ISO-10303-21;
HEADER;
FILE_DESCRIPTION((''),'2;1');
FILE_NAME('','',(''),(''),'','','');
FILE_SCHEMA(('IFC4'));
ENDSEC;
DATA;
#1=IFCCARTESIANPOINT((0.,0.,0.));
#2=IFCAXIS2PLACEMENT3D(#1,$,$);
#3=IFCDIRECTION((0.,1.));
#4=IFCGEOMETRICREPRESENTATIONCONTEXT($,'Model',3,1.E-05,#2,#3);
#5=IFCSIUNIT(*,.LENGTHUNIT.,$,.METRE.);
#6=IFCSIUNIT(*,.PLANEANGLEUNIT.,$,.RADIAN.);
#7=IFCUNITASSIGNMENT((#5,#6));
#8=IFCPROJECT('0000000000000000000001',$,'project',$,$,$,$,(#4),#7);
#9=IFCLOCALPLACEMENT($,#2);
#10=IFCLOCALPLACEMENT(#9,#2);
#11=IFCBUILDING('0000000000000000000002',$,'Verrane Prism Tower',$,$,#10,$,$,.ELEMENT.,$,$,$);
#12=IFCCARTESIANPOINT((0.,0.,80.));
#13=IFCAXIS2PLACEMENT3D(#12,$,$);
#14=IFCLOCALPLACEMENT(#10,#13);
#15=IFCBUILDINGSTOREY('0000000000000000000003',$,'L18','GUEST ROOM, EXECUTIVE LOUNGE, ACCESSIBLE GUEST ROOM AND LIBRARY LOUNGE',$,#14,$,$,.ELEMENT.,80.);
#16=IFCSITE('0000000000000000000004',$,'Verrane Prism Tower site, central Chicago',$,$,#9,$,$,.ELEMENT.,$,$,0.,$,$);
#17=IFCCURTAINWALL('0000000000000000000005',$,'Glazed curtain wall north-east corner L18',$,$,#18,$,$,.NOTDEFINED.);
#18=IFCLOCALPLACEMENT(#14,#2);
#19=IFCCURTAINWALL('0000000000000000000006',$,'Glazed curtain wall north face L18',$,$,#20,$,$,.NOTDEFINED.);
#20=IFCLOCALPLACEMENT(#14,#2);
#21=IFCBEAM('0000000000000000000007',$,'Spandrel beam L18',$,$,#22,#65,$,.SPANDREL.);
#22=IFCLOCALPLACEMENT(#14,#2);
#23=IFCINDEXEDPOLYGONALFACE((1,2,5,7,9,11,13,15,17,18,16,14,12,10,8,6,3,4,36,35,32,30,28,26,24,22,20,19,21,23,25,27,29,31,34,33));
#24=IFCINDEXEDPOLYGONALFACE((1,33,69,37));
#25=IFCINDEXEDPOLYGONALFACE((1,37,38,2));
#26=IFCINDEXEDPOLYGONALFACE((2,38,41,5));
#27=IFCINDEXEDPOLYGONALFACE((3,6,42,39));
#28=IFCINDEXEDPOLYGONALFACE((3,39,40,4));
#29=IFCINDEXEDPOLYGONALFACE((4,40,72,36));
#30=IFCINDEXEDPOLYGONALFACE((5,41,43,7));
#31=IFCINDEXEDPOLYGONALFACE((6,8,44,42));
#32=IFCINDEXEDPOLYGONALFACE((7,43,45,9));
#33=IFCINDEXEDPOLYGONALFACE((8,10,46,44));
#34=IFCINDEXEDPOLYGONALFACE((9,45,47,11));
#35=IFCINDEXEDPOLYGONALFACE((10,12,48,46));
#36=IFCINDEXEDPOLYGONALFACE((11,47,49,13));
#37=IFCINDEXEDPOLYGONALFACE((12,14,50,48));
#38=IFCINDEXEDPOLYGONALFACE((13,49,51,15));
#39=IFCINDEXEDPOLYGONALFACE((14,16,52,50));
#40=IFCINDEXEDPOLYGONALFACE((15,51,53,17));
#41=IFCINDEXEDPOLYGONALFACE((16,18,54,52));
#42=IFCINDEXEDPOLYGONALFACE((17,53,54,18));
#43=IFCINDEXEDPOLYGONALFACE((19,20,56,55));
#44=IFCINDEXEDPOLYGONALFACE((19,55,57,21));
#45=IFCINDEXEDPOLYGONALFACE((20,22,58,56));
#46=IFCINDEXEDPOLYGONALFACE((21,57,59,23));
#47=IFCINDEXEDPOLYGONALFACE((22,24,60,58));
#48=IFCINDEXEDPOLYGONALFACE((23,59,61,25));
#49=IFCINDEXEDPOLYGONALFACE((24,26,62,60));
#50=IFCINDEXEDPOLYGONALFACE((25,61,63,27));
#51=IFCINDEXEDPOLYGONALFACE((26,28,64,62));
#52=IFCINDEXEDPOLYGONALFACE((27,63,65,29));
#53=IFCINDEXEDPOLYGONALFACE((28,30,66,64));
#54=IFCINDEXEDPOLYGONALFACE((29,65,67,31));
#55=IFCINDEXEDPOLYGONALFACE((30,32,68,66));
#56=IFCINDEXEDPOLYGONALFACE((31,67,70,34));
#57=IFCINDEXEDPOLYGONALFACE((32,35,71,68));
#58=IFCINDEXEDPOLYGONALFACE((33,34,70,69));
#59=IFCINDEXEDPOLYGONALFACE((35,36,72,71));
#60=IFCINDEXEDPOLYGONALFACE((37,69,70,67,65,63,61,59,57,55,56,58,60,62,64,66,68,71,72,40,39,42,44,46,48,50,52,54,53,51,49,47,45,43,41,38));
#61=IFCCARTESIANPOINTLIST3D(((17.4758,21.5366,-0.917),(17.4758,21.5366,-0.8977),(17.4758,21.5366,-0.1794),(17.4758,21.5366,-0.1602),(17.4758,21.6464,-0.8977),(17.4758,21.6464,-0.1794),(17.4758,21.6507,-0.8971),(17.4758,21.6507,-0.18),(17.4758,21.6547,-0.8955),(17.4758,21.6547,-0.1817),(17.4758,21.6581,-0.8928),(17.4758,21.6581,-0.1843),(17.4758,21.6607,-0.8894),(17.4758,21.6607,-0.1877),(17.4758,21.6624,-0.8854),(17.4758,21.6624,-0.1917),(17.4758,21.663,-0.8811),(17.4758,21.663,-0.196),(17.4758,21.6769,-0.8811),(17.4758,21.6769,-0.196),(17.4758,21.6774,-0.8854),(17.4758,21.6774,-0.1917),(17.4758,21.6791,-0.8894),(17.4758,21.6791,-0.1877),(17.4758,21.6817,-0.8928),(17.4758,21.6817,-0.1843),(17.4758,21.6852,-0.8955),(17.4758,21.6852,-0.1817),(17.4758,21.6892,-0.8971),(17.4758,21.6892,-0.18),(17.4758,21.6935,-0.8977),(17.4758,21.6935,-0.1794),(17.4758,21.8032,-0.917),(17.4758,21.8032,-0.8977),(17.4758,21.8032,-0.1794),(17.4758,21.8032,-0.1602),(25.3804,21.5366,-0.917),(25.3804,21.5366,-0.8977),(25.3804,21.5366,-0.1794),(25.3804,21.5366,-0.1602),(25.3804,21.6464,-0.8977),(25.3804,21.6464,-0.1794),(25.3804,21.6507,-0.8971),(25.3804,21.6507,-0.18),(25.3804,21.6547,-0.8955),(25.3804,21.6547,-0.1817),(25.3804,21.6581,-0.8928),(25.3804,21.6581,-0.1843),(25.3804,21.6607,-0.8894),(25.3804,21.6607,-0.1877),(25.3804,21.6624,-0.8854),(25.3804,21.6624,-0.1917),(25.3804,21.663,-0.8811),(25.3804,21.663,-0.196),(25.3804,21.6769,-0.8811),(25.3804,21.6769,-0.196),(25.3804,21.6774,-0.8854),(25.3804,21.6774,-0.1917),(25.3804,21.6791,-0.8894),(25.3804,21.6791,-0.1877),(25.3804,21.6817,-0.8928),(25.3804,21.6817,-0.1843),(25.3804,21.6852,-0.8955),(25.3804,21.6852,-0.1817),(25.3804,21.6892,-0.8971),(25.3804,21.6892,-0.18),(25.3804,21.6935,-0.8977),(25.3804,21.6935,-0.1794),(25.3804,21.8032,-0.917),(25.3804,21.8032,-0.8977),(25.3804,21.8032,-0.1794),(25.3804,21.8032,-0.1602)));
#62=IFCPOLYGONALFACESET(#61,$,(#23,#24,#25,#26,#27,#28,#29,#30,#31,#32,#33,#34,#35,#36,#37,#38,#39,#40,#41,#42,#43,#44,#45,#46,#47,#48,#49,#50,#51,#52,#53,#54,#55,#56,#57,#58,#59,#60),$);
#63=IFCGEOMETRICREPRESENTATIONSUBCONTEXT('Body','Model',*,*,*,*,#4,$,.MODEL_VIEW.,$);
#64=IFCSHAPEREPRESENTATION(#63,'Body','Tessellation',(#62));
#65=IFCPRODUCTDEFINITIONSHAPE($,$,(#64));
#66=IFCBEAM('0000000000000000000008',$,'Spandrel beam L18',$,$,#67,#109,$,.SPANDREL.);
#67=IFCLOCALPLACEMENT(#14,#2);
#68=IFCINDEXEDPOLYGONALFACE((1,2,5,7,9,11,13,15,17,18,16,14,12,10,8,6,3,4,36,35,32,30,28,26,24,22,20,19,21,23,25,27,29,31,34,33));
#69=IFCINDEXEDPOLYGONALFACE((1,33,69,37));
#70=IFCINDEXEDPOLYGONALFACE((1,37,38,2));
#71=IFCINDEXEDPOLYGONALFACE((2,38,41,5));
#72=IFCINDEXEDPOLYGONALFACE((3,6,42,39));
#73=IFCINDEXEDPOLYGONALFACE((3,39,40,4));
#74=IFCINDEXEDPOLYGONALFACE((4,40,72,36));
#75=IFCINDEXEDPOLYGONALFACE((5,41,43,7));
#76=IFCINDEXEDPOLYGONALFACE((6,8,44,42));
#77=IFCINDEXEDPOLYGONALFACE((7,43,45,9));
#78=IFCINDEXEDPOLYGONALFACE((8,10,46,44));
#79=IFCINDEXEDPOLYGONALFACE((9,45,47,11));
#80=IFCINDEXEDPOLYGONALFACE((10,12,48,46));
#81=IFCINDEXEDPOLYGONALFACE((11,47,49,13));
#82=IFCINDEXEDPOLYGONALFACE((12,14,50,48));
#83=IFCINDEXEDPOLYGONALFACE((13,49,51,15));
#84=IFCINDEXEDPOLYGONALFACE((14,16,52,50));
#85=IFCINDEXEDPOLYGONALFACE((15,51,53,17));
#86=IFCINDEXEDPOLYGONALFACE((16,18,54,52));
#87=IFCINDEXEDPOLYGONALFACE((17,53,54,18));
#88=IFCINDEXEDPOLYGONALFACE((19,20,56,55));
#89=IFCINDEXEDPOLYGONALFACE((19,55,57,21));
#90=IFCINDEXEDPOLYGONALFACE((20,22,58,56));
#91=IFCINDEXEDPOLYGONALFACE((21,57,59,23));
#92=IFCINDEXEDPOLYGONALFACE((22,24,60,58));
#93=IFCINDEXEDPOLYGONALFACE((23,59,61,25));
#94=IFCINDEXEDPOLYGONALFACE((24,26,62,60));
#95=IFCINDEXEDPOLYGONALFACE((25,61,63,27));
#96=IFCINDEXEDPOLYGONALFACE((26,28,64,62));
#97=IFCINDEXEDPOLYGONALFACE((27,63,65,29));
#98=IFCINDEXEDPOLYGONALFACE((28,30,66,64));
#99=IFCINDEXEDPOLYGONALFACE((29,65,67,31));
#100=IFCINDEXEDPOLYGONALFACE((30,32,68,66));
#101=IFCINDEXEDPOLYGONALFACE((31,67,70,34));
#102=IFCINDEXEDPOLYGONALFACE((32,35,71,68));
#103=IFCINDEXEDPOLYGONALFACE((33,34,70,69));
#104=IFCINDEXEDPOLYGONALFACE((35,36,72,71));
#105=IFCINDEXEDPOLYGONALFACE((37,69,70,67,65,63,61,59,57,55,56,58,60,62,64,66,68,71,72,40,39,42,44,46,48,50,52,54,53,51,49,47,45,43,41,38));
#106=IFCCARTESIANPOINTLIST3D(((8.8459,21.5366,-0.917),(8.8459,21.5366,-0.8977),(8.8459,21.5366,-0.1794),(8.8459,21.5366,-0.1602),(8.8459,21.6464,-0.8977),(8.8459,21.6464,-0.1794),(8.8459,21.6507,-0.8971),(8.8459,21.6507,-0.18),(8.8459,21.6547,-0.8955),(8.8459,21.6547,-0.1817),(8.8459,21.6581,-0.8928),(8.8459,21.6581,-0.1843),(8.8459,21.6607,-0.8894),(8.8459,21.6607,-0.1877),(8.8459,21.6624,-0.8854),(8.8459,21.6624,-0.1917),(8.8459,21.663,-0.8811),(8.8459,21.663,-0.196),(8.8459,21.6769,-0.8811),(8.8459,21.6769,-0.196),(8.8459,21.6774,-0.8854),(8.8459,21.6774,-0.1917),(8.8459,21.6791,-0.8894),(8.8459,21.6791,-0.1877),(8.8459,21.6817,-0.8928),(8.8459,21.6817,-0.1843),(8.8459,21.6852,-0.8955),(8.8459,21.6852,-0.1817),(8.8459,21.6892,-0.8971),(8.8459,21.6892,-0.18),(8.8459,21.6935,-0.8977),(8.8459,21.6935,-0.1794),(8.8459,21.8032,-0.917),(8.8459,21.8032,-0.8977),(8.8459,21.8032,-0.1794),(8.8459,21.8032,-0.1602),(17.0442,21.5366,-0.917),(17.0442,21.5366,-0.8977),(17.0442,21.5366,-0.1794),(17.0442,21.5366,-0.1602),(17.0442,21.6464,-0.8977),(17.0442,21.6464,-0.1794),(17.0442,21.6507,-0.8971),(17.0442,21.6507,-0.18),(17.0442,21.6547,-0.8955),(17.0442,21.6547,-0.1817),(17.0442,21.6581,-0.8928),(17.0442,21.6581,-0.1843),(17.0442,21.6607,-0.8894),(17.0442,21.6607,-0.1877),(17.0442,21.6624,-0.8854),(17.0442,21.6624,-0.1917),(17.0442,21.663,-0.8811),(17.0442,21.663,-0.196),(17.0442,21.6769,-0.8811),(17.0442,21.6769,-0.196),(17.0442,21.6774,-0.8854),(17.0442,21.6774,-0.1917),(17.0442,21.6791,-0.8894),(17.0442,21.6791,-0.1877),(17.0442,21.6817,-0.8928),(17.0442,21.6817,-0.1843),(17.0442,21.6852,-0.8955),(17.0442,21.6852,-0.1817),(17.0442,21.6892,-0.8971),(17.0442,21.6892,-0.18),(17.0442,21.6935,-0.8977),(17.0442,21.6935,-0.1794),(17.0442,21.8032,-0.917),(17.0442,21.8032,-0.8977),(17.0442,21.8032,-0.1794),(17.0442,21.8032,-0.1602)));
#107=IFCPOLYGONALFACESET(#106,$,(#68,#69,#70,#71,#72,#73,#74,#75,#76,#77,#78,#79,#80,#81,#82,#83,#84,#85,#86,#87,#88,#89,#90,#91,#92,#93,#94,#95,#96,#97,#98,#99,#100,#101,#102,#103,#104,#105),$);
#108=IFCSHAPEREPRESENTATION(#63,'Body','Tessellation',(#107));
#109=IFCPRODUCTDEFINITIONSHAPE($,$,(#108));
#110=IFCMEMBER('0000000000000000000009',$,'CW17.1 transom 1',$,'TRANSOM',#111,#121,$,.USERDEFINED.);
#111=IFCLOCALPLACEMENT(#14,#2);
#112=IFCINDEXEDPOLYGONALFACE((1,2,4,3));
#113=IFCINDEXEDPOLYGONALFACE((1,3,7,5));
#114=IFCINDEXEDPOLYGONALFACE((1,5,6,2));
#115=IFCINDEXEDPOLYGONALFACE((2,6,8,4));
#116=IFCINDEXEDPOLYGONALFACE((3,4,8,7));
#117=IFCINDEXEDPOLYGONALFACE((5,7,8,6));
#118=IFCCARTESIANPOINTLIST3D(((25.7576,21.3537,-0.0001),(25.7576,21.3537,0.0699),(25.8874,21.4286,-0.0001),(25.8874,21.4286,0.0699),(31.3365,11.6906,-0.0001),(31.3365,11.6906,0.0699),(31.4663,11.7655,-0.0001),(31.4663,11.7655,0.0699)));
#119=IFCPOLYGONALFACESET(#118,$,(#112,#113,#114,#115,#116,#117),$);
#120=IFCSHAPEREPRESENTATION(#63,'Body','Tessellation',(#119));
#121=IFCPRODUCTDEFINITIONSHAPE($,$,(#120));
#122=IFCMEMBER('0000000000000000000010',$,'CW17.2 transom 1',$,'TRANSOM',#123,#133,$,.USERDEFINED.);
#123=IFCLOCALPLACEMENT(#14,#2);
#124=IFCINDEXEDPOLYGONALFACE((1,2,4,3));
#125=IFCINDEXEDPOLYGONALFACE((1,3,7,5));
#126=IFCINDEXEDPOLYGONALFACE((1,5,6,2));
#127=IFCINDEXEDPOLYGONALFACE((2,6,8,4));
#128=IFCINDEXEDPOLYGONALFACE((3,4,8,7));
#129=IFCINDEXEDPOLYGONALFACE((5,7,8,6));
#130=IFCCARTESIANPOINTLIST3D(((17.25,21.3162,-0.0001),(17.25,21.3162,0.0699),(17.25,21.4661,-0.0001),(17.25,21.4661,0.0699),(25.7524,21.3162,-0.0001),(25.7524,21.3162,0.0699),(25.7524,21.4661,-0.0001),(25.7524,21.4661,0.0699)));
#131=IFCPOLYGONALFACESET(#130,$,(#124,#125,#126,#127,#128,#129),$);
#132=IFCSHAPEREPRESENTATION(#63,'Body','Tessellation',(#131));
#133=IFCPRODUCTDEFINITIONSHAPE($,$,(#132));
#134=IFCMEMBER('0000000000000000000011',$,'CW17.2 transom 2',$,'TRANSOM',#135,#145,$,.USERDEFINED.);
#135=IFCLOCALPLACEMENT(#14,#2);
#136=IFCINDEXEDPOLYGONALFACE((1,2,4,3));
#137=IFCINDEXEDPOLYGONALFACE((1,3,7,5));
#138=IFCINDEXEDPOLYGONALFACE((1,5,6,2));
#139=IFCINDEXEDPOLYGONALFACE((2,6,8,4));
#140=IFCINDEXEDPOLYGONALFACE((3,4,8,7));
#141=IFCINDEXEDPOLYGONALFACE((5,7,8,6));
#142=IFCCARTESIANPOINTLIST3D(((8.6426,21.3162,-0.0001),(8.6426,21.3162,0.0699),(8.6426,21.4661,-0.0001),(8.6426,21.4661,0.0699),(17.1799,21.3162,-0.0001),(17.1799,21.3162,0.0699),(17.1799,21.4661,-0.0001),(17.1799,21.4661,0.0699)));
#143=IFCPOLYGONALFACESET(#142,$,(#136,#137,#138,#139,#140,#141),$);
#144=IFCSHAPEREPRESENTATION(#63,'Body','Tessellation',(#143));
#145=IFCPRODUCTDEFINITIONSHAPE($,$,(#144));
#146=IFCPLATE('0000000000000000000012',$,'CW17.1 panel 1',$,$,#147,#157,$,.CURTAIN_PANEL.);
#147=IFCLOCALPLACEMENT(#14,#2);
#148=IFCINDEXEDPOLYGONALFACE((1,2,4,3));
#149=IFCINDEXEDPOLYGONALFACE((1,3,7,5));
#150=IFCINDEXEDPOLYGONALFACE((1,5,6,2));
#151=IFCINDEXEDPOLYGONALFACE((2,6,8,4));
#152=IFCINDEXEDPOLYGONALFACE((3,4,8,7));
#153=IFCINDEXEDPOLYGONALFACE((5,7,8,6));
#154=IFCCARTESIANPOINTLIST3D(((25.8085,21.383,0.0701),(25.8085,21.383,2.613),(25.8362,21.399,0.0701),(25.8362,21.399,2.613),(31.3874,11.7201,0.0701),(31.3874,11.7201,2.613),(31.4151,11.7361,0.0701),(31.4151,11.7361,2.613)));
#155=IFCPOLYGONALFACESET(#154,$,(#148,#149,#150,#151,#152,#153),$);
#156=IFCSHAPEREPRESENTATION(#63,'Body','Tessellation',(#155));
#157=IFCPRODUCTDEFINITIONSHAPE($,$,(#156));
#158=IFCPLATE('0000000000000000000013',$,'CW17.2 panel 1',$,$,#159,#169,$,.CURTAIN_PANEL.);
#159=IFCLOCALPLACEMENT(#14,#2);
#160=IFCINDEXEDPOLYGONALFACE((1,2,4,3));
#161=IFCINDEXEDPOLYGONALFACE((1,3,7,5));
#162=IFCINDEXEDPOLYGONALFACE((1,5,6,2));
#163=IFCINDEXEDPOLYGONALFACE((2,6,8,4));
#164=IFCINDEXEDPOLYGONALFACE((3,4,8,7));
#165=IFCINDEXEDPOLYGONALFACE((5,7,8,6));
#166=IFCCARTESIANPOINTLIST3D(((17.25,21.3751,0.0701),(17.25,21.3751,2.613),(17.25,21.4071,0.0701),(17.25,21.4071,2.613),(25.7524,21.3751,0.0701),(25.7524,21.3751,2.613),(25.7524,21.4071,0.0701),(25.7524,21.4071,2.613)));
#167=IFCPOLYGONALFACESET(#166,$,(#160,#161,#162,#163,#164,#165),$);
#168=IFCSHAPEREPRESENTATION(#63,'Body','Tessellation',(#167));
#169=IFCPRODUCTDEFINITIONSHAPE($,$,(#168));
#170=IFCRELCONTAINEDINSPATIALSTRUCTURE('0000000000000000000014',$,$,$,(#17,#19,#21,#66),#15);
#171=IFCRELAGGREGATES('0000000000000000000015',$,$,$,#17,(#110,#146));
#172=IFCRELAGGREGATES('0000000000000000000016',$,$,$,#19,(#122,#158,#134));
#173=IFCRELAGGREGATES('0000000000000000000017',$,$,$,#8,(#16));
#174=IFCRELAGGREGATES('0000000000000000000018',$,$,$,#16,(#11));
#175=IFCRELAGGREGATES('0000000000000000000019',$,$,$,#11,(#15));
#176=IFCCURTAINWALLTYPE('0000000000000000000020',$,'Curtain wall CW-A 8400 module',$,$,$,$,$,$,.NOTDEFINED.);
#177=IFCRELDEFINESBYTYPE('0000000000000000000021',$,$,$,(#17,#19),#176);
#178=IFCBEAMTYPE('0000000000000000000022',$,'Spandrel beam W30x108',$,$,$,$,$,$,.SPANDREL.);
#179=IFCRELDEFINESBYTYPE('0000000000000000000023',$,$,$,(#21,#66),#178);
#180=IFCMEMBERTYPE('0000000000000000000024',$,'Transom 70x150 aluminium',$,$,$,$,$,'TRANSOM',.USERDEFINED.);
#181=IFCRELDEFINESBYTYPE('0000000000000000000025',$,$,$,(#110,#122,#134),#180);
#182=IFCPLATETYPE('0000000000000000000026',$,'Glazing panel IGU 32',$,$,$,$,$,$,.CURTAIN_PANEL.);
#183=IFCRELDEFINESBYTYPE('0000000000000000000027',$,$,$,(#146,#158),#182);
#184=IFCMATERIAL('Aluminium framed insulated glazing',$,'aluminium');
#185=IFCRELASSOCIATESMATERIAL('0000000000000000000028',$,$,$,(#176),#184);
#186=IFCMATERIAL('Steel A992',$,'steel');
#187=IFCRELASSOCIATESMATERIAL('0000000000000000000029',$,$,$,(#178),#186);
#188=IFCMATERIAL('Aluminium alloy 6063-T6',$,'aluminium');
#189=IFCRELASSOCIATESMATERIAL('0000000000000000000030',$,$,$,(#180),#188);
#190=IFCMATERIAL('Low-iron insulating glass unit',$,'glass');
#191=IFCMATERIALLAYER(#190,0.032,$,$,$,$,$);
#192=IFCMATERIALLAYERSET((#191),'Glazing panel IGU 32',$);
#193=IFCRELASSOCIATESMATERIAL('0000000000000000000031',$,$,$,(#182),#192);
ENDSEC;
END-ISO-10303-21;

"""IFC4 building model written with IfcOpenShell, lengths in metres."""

from ifc_helpers import new_model, si_unit, direction, frame, origin, origin_2d, place, context, subcontext, project, spatial, rectangle, i_section, extrude, material, layer, layer_set, material_profile, profile_set, type_object, element, aggregate, save


model = new_model("IFC4")

# Units and contexts
model_context = context("Model", 3, precision=1e-05, world=origin(), true_north=direction((0.0, 1.0)))
body_context = subcontext(model_context, "Body", "Model", "MODEL_VIEW")
ifc_project = project(units=[si_unit("LENGTHUNIT", "METRE"), si_unit("PLANEANGLEUNIT", "RADIAN")], contexts=[model_context])

# Site, building, storey
site_placement = place(None, origin())
site = spatial("IfcSite", under=ifc_project, at=site_placement, Name="Verrane Prism Tower site, central Chicago", CompositionType="ELEMENT", RefElevation=0.0)
building_placement = place(site_placement, origin())
building = spatial("IfcBuilding", under=site, at=building_placement, Name="Verrane Prism Tower", CompositionType="ELEMENT")
storey_placement = place(building_placement, frame((0.0, 0.0, 80.0)))
storey = spatial("IfcBuildingStorey", under=building, at=storey_placement, Name="L18", Description="GUEST ROOM, EXECUTIVE LOUNGE, ACCESSIBLE GUEST ROOM AND LIBRARY LOUNGE", CompositionType="ELEMENT", Elevation=80.0)

# Curtain wall
ifc_material_1 = material(Name="Aluminium framed insulated glazing", Category="aluminium")
curtain_wall_type = type_object("IfcCurtainWallType", Name="Curtain wall CW-A 8400 module", PredefinedType="NOTDEFINED", material=ifc_material_1)
curtain_wall_1_placement = place(storey_placement, origin())
curtain_wall_1 = element("IfcCurtainWall", 1, at=curtain_wall_1_placement, inside=storey, type_object=curtain_wall_type, Name="Glazed curtain wall north-east corner L18", PredefinedType="NOTDEFINED")

# Curtain wall
curtain_wall_2_placement = place(storey_placement, origin())
curtain_wall_2 = element("IfcCurtainWall", 2, at=curtain_wall_2_placement, inside=storey, type_object=curtain_wall_type, Name="Glazed curtain wall north face L18", PredefinedType="NOTDEFINED")

# Beams
ifc_material_2 = material(Name="Steel A992", Category="steel")
ifc_material_profile_1 = material_profile(ifc_material_2, i_section(OverallWidth=0.2666, OverallDepth=0.7568, WebThickness=0.0139, FlangeThickness=0.0193, FilletRadius=0.0166, at=origin_2d()), Name="W30x108")
ifc_profile_set_1 = profile_set([ifc_material_profile_1], Name="Steel A992")
beam_type_1 = type_object("IfcBeamType", Name="Spandrel beam W30x108", PredefinedType="SPANDREL", material=ifc_profile_set_1)
beam_1_placement = place(storey_placement, frame((25.3804, 21.6699, -0.5386), z_axis=(-1.0, 0.0, 0.0), x_axis=(0.0, -1.0, 0.0)))
element("IfcBeam", 3, at=beam_1_placement, inside=storey, type_object=beam_type_1, Name="Spandrel beam L18", PredefinedType="SPANDREL", context=body_context, shape_type="SweptSolid", body=[
    extrude(i_section(OverallWidth=0.2666, OverallDepth=0.7568, WebThickness=0.0139, FlangeThickness=0.0193, FilletRadius=0.0166, at=origin_2d()), origin(), (0.0, 0.0, 1.0), 7.9045),
])
beam_2_placement = place(storey_placement, frame((17.0442, 21.6699, -0.5386), z_axis=(-1.0, 0.0, 0.0), x_axis=(0.0, -1.0, 0.0)))
element("IfcBeam", 4, at=beam_2_placement, inside=storey, type_object=beam_type_1, Name="Spandrel beam L18", PredefinedType="SPANDREL", context=body_context, shape_type="SweptSolid", body=[
    extrude(i_section(OverallWidth=0.2666, OverallDepth=0.7568, WebThickness=0.0139, FlangeThickness=0.0193, FilletRadius=0.0166, at=origin_2d()), origin(), (0.0, 0.0, 1.0), 8.1982),
])

# Members
ifc_material_3 = material(Name="Aluminium alloy 6063-T6", Category="aluminium")
ifc_material_profile_2 = material_profile(ifc_material_3, rectangle(XDim=0.1499, YDim=0.0701, at=origin_2d()), Name="Transom 70x150 aluminium")
ifc_profile_set_2 = profile_set([ifc_material_profile_2], Name="Aluminium alloy 6063-T6")
member_type_1 = type_object("IfcMemberType", Name="Transom 70x150 aluminium", ElementType="TRANSOM", PredefinedType="USERDEFINED", material=ifc_profile_set_2)
member_1_placement = place(storey_placement, frame((31.4014, 11.728, 0.0349), z_axis=(-0.499991, 0.86603, 0.0), x_axis=(-0.86603, -0.499991, 0.0)))
member_1 = element("IfcMember", 5, at=member_1_placement, type_object=member_type_1, Name="CW17.1 transom 1", ObjectType="TRANSOM", PredefinedType="USERDEFINED", context=body_context, shape_type="SweptSolid", body=[
    extrude(rectangle(XDim=0.1499, YDim=0.0701, at=origin_2d()), origin(), (0.0, 0.0, 1.0), 11.158),
])
member_2_placement = place(storey_placement, frame((25.7524, 21.3911, 0.0349), z_axis=(-1.0, 0.0, 0.0), x_axis=(0.0, -1.0, 0.0)))
member_2 = element("IfcMember", 6, at=member_2_placement, type_object=member_type_1, Name="CW17.2 transom 1", ObjectType="TRANSOM", PredefinedType="USERDEFINED", context=body_context, shape_type="SweptSolid", body=[
    extrude(rectangle(XDim=0.1499, YDim=0.0701, at=origin_2d()), origin(), (0.0, 0.0, 1.0), 8.5024),
])
member_3_placement = place(storey_placement, frame((17.1799, 21.3911, 0.0349), z_axis=(-1.0, 0.0, 0.0), x_axis=(0.0, -1.0, 0.0)))
member_3 = element("IfcMember", 7, at=member_3_placement, type_object=member_type_1, Name="CW17.2 transom 2", ObjectType="TRANSOM", PredefinedType="USERDEFINED", context=body_context, shape_type="SweptSolid", body=[
    extrude(rectangle(XDim=0.1499, YDim=0.0701, at=origin_2d()), origin(), (0.0, 0.0, 1.0), 8.5374),
])

# Plates
ifc_material_4 = material(Name="Low-iron insulating glass unit", Category="glass")
ifc_layer_1 = layer(ifc_material_4, 0.032)
ifc_layer_set_1 = layer_set([ifc_layer_1], Name="Glazing panel IGU 32")
plate_type = type_object("IfcPlateType", Name="Glazing panel IGU 32", PredefinedType="CURTAIN_PANEL", material=ifc_layer_set_1)
plate_1_placement = place(storey_placement, frame((28.6118, 16.5596, 0.0701), z_axis=(0.0, 0.0, 1.0), x_axis=(-0.499998, 0.866026, 0.0)))
plate_1 = element("IfcPlate", 8, at=plate_1_placement, type_object=plate_type, Name="CW17.1 panel 1", PredefinedType="CURTAIN_PANEL", context=body_context, shape_type="SweptSolid", body=[
    extrude(rectangle(XDim=11.1577, YDim=0.032, at=origin_2d()), origin(), (0.0, 0.0, 1.0), 2.543),
])
aggregate(curtain_wall_1, [member_1, plate_1])
plate_2_placement = place(storey_placement, frame((21.5012, 21.3911, 0.0701), z_axis=(0.0, 0.0, 1.0), x_axis=(-1.0, 0.0, 0.0)))
plate_2 = element("IfcPlate", 9, at=plate_2_placement, type_object=plate_type, Name="CW17.2 panel 1", PredefinedType="CURTAIN_PANEL", context=body_context, shape_type="SweptSolid", body=[
    extrude(rectangle(XDim=8.5024, YDim=0.032, at=origin_2d()), origin(), (0.0, 0.0, 1.0), 2.543),
])
aggregate(curtain_wall_2, [member_2, plate_2, member_3])

save(model, "model.ifc")
